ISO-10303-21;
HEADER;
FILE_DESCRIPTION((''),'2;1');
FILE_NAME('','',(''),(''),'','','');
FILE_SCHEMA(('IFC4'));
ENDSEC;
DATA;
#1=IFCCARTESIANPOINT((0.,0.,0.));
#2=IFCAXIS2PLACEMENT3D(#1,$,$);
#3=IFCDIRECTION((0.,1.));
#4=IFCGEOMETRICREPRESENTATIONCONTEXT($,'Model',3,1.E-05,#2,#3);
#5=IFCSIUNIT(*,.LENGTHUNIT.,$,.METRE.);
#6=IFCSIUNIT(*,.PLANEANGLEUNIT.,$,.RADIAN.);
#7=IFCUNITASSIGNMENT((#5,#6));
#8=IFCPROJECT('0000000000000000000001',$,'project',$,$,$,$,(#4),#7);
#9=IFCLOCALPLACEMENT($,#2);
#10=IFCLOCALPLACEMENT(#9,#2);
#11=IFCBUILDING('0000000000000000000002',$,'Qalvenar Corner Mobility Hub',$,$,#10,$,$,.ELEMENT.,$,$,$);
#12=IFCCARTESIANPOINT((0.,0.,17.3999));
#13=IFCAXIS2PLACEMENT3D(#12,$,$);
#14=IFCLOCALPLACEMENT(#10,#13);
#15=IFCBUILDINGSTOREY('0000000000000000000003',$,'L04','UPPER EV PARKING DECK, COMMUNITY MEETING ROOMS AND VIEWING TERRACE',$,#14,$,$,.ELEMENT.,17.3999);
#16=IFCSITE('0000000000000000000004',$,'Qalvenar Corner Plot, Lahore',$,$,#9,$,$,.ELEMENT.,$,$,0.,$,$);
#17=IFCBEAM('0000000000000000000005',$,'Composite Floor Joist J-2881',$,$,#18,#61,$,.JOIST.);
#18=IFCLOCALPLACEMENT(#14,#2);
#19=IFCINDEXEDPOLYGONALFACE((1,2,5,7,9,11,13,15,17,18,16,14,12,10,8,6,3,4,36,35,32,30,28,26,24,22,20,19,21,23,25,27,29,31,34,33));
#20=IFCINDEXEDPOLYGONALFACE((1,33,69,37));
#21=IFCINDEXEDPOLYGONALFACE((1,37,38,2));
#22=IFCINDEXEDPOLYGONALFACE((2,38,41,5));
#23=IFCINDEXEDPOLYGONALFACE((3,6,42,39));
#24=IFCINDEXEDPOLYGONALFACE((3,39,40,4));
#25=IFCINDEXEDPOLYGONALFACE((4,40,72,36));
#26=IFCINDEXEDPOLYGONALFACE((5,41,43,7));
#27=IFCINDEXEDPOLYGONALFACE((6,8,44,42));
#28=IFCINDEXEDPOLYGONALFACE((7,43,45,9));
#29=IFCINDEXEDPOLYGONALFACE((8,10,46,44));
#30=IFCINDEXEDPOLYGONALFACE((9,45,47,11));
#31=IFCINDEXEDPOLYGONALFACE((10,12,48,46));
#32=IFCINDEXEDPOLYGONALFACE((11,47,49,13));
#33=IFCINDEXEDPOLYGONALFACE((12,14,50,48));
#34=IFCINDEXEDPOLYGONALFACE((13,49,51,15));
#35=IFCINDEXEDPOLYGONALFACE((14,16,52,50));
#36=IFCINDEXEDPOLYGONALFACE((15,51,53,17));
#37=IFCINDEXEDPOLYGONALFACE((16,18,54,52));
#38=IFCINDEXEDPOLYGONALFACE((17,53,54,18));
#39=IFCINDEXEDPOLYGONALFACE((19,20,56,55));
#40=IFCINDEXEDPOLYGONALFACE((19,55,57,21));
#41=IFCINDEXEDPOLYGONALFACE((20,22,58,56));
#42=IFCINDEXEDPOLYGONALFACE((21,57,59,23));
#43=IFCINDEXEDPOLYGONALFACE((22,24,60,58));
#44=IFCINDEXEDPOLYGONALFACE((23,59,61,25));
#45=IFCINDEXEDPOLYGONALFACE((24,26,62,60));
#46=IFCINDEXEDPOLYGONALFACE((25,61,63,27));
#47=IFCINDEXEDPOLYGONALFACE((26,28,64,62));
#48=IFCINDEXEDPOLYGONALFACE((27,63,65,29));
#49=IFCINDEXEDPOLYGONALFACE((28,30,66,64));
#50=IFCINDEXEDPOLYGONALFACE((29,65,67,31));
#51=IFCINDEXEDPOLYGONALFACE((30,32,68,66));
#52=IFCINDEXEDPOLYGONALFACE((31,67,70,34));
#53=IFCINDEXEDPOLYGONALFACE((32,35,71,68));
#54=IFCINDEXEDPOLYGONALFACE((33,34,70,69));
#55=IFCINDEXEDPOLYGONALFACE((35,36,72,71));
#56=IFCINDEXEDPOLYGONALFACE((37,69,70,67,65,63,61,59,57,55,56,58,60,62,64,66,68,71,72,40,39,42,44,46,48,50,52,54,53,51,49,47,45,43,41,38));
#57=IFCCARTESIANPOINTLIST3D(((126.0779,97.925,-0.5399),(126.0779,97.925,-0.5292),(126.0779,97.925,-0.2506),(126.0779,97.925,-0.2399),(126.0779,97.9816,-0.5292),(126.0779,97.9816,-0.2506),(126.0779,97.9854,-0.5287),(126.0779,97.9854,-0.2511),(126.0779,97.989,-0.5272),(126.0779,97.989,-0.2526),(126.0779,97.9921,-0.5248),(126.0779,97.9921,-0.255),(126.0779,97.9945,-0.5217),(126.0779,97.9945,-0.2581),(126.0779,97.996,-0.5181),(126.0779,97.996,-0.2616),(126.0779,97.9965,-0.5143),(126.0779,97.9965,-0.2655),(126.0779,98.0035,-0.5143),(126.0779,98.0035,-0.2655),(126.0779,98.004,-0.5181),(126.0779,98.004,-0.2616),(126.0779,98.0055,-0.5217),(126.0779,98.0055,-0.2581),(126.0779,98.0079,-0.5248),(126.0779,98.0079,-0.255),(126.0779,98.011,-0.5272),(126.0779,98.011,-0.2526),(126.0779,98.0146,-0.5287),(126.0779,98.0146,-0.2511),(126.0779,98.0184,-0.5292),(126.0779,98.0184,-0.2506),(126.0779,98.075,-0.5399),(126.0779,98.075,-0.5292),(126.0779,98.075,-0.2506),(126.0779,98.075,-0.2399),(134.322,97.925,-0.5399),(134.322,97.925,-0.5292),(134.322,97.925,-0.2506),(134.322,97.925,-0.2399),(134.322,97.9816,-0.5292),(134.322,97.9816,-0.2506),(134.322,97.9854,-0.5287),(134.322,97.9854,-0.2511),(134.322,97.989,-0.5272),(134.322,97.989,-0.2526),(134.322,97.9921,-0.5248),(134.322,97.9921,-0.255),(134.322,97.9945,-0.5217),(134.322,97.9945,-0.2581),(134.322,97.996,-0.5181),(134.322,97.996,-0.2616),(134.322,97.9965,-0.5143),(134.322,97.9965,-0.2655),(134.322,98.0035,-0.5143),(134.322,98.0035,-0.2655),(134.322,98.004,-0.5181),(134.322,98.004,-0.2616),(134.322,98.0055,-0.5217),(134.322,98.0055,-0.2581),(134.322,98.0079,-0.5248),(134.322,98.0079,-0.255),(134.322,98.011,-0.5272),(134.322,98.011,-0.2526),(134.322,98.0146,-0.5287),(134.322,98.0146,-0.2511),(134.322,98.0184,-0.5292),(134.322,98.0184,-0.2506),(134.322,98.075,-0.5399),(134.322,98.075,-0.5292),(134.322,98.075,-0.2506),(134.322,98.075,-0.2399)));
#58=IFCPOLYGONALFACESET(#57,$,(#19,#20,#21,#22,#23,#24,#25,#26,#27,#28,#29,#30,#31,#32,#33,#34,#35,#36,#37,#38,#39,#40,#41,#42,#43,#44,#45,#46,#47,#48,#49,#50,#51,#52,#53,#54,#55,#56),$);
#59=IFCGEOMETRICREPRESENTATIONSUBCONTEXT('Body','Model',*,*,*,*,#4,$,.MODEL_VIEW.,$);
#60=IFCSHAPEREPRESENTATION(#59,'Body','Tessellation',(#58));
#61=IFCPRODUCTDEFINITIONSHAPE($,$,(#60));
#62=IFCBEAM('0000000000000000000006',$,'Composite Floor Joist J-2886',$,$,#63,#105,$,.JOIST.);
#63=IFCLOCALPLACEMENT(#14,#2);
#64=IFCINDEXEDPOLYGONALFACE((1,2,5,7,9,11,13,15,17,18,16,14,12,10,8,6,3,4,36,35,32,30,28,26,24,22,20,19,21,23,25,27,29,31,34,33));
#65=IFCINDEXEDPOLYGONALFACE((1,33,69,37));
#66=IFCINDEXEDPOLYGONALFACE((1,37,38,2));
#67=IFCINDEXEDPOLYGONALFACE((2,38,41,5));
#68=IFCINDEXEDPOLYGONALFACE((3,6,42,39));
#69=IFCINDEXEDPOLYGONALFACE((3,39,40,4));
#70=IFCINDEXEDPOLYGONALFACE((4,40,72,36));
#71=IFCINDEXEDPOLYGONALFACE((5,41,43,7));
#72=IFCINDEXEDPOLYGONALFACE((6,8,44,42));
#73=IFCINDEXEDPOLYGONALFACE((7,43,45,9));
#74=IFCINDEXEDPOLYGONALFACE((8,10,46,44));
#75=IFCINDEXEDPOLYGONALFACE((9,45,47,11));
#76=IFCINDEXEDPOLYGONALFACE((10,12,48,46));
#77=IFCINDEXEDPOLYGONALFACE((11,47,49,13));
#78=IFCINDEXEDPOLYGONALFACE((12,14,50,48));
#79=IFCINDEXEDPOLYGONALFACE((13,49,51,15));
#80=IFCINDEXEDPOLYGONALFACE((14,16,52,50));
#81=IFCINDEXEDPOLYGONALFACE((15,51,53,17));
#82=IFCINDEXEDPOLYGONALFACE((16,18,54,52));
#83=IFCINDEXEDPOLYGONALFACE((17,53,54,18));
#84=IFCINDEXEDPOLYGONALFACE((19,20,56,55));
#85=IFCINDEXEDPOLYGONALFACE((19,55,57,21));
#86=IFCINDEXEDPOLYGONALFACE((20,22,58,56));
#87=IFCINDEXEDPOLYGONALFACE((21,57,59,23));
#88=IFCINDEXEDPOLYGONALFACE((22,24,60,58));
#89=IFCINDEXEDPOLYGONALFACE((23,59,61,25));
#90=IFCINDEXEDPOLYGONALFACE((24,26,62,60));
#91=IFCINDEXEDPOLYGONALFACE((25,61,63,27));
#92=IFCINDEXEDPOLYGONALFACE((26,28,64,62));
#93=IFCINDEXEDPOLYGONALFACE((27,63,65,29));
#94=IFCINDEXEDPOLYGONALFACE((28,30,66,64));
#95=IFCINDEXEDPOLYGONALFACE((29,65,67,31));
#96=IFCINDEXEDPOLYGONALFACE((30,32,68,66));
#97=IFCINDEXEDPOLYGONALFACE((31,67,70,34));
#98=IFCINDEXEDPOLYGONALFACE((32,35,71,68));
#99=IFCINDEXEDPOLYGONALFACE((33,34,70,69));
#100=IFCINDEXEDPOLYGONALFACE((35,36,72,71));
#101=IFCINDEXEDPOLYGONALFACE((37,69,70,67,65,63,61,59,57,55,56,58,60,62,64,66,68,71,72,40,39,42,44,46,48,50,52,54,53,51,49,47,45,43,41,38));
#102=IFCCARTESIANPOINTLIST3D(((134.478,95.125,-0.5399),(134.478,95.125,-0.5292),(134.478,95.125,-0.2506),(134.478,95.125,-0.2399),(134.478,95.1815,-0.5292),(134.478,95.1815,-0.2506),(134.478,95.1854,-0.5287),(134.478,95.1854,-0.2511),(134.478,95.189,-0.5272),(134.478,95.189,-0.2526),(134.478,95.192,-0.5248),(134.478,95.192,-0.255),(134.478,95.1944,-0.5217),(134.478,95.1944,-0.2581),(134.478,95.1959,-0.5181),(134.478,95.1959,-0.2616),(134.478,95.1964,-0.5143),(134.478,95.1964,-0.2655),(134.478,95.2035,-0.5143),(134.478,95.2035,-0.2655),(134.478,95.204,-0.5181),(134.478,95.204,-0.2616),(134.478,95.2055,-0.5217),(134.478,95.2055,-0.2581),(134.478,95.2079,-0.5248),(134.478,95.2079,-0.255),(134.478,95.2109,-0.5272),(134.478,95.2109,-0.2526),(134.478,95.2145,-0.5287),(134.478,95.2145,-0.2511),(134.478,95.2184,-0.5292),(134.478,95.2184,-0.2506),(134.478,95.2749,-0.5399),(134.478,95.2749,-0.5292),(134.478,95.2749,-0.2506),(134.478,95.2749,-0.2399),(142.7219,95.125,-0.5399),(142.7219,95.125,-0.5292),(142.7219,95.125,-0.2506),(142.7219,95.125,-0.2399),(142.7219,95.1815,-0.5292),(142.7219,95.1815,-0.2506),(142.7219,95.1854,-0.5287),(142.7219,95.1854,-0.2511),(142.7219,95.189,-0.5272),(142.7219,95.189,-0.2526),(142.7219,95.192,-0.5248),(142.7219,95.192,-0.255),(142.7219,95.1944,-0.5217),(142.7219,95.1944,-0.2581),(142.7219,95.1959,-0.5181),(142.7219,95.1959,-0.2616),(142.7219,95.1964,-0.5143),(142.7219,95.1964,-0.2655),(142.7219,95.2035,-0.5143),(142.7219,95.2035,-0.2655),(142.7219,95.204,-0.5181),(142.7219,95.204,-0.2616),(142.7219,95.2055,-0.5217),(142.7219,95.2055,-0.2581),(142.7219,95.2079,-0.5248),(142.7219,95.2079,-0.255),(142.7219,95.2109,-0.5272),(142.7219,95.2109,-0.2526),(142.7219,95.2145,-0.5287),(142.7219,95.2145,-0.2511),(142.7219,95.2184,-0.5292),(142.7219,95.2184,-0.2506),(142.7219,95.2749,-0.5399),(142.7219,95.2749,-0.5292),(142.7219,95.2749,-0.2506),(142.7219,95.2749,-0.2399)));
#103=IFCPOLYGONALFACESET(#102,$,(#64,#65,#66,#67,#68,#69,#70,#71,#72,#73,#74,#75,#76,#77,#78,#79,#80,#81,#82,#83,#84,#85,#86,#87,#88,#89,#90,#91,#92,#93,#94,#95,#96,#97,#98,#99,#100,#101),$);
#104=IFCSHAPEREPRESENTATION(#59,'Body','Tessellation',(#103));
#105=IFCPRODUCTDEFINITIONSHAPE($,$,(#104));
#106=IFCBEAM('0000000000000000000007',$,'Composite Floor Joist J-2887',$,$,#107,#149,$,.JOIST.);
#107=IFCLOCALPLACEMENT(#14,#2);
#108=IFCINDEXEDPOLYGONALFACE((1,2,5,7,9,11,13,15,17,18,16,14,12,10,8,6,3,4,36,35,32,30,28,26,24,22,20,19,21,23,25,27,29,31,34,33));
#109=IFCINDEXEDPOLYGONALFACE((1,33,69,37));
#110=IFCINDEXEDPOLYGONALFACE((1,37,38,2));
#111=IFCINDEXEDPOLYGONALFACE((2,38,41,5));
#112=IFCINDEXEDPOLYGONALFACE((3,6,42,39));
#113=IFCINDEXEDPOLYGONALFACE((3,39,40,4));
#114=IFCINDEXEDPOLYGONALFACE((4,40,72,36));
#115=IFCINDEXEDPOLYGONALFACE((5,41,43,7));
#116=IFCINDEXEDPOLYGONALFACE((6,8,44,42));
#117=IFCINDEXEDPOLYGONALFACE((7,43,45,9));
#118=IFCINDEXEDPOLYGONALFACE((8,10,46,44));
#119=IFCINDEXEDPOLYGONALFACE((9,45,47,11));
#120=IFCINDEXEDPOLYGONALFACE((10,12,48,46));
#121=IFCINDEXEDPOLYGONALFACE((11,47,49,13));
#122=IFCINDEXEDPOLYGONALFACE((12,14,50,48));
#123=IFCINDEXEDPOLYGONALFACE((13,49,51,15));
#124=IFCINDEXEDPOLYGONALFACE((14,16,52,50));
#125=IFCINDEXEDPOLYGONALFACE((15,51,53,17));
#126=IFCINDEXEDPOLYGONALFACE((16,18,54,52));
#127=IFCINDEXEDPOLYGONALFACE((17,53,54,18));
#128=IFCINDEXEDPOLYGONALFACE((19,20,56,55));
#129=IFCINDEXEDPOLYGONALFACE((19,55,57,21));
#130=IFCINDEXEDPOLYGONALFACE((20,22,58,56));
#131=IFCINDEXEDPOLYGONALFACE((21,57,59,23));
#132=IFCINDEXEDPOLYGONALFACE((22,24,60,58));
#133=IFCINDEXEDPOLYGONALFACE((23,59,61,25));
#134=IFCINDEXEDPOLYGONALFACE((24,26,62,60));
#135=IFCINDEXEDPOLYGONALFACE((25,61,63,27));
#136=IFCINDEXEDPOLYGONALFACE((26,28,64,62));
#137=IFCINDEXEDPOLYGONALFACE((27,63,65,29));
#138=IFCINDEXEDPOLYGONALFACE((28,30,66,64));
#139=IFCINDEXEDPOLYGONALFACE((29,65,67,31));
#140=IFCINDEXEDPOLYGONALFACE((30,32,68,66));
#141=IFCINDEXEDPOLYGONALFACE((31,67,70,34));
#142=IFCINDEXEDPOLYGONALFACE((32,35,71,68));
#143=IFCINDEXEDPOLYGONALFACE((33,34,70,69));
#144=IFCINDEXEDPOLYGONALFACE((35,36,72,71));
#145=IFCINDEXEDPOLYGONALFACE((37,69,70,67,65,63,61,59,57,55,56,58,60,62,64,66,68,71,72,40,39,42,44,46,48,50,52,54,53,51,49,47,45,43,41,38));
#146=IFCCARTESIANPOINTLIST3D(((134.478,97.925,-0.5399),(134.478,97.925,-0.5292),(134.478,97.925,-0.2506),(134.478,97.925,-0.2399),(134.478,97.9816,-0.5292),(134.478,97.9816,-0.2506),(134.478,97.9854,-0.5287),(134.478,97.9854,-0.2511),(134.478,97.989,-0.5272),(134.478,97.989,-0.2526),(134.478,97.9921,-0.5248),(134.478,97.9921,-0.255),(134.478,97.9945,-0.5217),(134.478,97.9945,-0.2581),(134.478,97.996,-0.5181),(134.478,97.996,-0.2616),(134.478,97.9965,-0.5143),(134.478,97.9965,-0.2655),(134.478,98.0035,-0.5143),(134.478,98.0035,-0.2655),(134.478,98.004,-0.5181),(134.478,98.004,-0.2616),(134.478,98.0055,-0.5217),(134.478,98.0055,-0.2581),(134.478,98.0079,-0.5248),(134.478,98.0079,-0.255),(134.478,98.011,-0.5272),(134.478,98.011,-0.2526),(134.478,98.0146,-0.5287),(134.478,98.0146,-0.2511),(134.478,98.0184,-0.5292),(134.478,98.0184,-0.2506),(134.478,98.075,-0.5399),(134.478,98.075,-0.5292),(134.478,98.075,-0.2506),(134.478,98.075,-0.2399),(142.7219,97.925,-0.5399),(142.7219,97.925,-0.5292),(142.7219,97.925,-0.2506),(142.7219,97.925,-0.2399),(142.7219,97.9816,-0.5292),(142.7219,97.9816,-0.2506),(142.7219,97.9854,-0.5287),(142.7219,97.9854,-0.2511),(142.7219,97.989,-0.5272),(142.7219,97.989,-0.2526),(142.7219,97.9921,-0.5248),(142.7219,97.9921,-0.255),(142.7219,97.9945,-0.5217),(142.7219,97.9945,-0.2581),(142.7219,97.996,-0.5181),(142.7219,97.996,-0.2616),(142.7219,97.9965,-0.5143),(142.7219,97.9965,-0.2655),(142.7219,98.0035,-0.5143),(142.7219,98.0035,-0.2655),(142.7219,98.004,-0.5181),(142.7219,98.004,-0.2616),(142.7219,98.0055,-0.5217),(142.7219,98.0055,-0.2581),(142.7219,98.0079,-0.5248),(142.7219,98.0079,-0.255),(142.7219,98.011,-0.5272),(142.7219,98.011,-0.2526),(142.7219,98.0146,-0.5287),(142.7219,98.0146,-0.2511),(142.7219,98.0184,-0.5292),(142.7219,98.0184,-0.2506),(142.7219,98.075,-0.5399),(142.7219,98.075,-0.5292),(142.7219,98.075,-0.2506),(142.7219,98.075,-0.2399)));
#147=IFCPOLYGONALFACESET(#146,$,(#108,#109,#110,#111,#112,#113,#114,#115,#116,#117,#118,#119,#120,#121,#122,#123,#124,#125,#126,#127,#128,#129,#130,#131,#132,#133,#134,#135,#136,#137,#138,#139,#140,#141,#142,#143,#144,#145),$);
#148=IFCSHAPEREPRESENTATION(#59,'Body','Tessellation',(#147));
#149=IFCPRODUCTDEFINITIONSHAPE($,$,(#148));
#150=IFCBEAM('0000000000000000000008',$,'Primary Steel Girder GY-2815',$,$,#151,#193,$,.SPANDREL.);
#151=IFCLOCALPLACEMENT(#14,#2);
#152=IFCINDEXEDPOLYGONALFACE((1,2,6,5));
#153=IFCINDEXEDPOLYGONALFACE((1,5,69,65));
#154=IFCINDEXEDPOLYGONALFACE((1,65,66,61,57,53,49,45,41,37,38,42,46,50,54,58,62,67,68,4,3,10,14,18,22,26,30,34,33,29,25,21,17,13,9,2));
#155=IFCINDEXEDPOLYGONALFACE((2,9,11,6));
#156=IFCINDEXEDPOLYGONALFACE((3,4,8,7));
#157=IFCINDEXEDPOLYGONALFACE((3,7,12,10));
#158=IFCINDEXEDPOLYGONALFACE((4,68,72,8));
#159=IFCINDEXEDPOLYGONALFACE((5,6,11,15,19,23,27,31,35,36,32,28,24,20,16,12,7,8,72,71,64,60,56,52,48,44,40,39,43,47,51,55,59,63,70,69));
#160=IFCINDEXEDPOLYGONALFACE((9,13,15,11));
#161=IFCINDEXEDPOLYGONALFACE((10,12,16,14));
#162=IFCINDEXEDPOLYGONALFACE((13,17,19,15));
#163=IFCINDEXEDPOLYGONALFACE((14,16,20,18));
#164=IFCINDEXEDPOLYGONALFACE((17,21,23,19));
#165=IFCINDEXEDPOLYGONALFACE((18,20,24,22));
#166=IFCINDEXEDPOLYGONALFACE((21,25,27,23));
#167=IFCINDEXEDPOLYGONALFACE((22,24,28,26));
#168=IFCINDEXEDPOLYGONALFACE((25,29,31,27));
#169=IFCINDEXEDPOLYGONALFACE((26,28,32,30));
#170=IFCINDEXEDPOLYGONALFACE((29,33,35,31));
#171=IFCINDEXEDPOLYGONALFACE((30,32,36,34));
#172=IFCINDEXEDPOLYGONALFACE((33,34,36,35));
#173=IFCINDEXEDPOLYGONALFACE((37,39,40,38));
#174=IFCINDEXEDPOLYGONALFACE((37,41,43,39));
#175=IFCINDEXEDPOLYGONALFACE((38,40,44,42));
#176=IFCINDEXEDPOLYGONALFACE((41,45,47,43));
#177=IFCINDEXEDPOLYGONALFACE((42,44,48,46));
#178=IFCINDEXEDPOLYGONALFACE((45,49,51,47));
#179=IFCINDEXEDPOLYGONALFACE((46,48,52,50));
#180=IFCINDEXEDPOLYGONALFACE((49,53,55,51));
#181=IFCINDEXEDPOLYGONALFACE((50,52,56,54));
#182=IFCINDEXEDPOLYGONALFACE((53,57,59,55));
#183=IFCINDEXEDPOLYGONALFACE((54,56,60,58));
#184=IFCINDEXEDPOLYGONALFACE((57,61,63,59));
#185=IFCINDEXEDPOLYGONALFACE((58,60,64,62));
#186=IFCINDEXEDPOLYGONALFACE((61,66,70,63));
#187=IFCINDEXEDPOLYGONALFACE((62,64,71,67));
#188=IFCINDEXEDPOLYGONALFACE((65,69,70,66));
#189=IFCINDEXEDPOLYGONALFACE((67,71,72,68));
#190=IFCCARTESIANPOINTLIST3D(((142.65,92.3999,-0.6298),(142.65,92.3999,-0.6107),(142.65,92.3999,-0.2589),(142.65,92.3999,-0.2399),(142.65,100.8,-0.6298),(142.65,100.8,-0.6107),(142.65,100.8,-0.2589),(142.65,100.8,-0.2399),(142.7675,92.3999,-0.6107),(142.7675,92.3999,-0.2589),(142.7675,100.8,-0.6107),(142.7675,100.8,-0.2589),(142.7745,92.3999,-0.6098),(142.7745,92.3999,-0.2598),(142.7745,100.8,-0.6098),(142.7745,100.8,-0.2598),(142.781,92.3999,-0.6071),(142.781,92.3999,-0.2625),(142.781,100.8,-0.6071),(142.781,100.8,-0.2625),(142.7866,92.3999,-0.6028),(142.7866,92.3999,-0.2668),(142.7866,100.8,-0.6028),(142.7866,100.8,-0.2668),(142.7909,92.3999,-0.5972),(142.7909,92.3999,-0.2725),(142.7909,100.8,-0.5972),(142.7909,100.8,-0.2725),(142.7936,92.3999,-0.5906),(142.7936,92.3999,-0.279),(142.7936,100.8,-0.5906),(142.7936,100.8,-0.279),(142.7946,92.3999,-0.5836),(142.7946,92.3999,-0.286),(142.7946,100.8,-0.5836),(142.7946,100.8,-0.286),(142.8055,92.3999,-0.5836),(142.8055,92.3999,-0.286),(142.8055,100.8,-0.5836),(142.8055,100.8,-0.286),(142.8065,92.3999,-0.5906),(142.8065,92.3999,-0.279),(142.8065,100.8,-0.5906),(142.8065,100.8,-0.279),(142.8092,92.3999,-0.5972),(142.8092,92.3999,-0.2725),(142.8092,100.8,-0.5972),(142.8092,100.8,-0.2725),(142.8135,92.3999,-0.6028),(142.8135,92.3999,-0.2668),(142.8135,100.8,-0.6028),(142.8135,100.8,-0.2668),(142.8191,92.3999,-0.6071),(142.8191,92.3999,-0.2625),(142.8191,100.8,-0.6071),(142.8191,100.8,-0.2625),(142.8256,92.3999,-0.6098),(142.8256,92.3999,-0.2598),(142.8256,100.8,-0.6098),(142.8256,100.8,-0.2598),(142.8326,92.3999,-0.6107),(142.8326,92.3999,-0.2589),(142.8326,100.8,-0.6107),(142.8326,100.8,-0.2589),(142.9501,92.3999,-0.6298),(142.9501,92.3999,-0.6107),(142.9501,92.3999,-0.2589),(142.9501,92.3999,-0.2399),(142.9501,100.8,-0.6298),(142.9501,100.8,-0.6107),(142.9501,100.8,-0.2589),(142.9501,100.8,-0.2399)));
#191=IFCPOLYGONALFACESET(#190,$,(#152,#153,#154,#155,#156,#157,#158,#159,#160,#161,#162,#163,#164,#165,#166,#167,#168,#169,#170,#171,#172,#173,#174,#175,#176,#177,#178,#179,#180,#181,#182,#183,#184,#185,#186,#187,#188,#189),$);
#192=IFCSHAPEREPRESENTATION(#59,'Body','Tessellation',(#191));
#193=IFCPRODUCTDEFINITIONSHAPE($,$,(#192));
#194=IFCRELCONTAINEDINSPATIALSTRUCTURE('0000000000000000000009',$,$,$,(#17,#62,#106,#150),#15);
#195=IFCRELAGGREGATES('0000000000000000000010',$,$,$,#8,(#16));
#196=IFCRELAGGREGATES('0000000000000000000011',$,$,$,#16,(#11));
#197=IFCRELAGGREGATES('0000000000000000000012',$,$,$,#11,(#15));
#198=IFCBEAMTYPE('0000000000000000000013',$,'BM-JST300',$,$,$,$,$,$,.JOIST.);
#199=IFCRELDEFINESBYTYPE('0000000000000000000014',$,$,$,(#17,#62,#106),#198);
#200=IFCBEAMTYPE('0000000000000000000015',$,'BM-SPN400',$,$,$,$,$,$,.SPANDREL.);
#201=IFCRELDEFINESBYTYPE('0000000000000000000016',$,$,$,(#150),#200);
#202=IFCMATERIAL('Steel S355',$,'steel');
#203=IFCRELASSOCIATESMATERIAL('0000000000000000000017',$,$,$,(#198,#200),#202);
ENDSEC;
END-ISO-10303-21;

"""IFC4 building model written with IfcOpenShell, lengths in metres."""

from ifc_helpers import new_model, si_unit, direction, frame, origin, origin_2d, place, context, subcontext, project, spatial, i_section, extrude, material, material_profile, profile_set, type_object, element, save


model = new_model("IFC4")

# Units and contexts
model_context = context("Model", 3, precision=1e-05, world=origin(), true_north=direction((0.0, 1.0)))
body_context = subcontext(model_context, "Body", "Model", "MODEL_VIEW")
ifc_project = project(units=[si_unit("LENGTHUNIT", "METRE"), si_unit("PLANEANGLEUNIT", "RADIAN")], contexts=[model_context])

# Site, building, storey
site_placement = place(None, origin())
site = spatial("IfcSite", under=ifc_project, at=site_placement, Name="Qalvenar Corner Plot, Lahore", CompositionType="ELEMENT", RefElevation=0.0)
building_placement = place(site_placement, origin())
building = spatial("IfcBuilding", under=site, at=building_placement, Name="Qalvenar Corner Mobility Hub", CompositionType="ELEMENT")
storey_placement = place(building_placement, frame((0.0, 0.0, 17.3999)))
storey = spatial("IfcBuildingStorey", under=building, at=storey_placement, Name="L04", Description="UPPER EV PARKING DECK, COMMUNITY MEETING ROOMS AND VIEWING TERRACE", CompositionType="ELEMENT", Elevation=17.3999)

# Shared definitions
ifc_material_1 = material(Name="Steel S355", Category="steel")

# Beams
ifc_material_profile_1 = material_profile(ifc_material_1, i_section(OverallWidth=0.1499, OverallDepth=0.3, WebThickness=0.0071, FlangeThickness=0.0107, FilletRadius=0.0149, at=origin_2d()), Name="IPE300")
ifc_profile_set_1 = profile_set([ifc_material_profile_1], Name="Steel S355")
beam_type_1 = type_object("IfcBeamType", Name="BM-JST300", PredefinedType="JOIST", material=ifc_profile_set_1)
for number, where, z_axis, x_axis, name in (
    (1, (126.0779, 98.0, -0.3899), (1.0, 0.0, 0.0), (0.0, 1.0, 0.0), "Composite Floor Joist J-2881"),
):
    element("IfcBeam", number, at=place(storey_placement, frame(where, z_axis=z_axis, x_axis=x_axis)), inside=storey, type_object=beam_type_1, Name=name, PredefinedType="JOIST", context=body_context, shape_type="SweptSolid", body=[
        extrude(i_section(OverallWidth=0.1499, OverallDepth=0.3, WebThickness=0.0071, FlangeThickness=0.0107, FilletRadius=0.0149, at=origin_2d()), origin(), (0.0, 0.0, 1.0), 8.2441),
    ])
for number, where, z_axis, x_axis, name in (
    (2, (134.478, 95.2, -0.3899), (1.0, 0.0, 0.0), (0.0, 1.0, 0.0), "Composite Floor Joist J-2886"),
    (3, (134.478, 98.0, -0.3899), (1.0, 0.0, 0.0), (0.0, 1.0, 0.0), "Composite Floor Joist J-2887"),
):
    element("IfcBeam", number, at=place(storey_placement, frame(where, z_axis=z_axis, x_axis=x_axis)), inside=storey, type_object=beam_type_1, Name=name, PredefinedType="JOIST", context=body_context, shape_type="SweptSolid", body=[
        extrude(i_section(OverallWidth=0.1499, OverallDepth=0.3, WebThickness=0.0071, FlangeThickness=0.0107, FilletRadius=0.0149, at=origin_2d()), origin(), (0.0, 0.0, 1.0), 8.2439),
    ])
ifc_material_profile_2 = material_profile(ifc_material_1, i_section(OverallWidth=0.3, OverallDepth=0.3899, WebThickness=0.011, FlangeThickness=0.019, FilletRadius=0.0271, at=origin_2d()), Name="HEA400")
ifc_profile_set_2 = profile_set([ifc_material_profile_2], Name="Steel S355")
beam_type_2 = type_object("IfcBeamType", Name="BM-SPN400", PredefinedType="SPANDREL", material=ifc_profile_set_2)
beam_1_placement = place(storey_placement, frame((142.8, 92.3999, -0.4348), z_axis=(0.0, 1.0, 0.0), x_axis=(-1.0, 0.0, 0.0)))
element("IfcBeam", 4, at=beam_1_placement, inside=storey, type_object=beam_type_2, Name="Primary Steel Girder GY-2815", PredefinedType="SPANDREL", context=body_context, shape_type="SweptSolid", body=[
    extrude(i_section(OverallWidth=0.3, OverallDepth=0.3899, WebThickness=0.011, FlangeThickness=0.019, FilletRadius=0.0271, at=origin_2d()), origin(), (0.0, 0.0, 1.0), 8.4001),
])

save(model, "model.ifc")
